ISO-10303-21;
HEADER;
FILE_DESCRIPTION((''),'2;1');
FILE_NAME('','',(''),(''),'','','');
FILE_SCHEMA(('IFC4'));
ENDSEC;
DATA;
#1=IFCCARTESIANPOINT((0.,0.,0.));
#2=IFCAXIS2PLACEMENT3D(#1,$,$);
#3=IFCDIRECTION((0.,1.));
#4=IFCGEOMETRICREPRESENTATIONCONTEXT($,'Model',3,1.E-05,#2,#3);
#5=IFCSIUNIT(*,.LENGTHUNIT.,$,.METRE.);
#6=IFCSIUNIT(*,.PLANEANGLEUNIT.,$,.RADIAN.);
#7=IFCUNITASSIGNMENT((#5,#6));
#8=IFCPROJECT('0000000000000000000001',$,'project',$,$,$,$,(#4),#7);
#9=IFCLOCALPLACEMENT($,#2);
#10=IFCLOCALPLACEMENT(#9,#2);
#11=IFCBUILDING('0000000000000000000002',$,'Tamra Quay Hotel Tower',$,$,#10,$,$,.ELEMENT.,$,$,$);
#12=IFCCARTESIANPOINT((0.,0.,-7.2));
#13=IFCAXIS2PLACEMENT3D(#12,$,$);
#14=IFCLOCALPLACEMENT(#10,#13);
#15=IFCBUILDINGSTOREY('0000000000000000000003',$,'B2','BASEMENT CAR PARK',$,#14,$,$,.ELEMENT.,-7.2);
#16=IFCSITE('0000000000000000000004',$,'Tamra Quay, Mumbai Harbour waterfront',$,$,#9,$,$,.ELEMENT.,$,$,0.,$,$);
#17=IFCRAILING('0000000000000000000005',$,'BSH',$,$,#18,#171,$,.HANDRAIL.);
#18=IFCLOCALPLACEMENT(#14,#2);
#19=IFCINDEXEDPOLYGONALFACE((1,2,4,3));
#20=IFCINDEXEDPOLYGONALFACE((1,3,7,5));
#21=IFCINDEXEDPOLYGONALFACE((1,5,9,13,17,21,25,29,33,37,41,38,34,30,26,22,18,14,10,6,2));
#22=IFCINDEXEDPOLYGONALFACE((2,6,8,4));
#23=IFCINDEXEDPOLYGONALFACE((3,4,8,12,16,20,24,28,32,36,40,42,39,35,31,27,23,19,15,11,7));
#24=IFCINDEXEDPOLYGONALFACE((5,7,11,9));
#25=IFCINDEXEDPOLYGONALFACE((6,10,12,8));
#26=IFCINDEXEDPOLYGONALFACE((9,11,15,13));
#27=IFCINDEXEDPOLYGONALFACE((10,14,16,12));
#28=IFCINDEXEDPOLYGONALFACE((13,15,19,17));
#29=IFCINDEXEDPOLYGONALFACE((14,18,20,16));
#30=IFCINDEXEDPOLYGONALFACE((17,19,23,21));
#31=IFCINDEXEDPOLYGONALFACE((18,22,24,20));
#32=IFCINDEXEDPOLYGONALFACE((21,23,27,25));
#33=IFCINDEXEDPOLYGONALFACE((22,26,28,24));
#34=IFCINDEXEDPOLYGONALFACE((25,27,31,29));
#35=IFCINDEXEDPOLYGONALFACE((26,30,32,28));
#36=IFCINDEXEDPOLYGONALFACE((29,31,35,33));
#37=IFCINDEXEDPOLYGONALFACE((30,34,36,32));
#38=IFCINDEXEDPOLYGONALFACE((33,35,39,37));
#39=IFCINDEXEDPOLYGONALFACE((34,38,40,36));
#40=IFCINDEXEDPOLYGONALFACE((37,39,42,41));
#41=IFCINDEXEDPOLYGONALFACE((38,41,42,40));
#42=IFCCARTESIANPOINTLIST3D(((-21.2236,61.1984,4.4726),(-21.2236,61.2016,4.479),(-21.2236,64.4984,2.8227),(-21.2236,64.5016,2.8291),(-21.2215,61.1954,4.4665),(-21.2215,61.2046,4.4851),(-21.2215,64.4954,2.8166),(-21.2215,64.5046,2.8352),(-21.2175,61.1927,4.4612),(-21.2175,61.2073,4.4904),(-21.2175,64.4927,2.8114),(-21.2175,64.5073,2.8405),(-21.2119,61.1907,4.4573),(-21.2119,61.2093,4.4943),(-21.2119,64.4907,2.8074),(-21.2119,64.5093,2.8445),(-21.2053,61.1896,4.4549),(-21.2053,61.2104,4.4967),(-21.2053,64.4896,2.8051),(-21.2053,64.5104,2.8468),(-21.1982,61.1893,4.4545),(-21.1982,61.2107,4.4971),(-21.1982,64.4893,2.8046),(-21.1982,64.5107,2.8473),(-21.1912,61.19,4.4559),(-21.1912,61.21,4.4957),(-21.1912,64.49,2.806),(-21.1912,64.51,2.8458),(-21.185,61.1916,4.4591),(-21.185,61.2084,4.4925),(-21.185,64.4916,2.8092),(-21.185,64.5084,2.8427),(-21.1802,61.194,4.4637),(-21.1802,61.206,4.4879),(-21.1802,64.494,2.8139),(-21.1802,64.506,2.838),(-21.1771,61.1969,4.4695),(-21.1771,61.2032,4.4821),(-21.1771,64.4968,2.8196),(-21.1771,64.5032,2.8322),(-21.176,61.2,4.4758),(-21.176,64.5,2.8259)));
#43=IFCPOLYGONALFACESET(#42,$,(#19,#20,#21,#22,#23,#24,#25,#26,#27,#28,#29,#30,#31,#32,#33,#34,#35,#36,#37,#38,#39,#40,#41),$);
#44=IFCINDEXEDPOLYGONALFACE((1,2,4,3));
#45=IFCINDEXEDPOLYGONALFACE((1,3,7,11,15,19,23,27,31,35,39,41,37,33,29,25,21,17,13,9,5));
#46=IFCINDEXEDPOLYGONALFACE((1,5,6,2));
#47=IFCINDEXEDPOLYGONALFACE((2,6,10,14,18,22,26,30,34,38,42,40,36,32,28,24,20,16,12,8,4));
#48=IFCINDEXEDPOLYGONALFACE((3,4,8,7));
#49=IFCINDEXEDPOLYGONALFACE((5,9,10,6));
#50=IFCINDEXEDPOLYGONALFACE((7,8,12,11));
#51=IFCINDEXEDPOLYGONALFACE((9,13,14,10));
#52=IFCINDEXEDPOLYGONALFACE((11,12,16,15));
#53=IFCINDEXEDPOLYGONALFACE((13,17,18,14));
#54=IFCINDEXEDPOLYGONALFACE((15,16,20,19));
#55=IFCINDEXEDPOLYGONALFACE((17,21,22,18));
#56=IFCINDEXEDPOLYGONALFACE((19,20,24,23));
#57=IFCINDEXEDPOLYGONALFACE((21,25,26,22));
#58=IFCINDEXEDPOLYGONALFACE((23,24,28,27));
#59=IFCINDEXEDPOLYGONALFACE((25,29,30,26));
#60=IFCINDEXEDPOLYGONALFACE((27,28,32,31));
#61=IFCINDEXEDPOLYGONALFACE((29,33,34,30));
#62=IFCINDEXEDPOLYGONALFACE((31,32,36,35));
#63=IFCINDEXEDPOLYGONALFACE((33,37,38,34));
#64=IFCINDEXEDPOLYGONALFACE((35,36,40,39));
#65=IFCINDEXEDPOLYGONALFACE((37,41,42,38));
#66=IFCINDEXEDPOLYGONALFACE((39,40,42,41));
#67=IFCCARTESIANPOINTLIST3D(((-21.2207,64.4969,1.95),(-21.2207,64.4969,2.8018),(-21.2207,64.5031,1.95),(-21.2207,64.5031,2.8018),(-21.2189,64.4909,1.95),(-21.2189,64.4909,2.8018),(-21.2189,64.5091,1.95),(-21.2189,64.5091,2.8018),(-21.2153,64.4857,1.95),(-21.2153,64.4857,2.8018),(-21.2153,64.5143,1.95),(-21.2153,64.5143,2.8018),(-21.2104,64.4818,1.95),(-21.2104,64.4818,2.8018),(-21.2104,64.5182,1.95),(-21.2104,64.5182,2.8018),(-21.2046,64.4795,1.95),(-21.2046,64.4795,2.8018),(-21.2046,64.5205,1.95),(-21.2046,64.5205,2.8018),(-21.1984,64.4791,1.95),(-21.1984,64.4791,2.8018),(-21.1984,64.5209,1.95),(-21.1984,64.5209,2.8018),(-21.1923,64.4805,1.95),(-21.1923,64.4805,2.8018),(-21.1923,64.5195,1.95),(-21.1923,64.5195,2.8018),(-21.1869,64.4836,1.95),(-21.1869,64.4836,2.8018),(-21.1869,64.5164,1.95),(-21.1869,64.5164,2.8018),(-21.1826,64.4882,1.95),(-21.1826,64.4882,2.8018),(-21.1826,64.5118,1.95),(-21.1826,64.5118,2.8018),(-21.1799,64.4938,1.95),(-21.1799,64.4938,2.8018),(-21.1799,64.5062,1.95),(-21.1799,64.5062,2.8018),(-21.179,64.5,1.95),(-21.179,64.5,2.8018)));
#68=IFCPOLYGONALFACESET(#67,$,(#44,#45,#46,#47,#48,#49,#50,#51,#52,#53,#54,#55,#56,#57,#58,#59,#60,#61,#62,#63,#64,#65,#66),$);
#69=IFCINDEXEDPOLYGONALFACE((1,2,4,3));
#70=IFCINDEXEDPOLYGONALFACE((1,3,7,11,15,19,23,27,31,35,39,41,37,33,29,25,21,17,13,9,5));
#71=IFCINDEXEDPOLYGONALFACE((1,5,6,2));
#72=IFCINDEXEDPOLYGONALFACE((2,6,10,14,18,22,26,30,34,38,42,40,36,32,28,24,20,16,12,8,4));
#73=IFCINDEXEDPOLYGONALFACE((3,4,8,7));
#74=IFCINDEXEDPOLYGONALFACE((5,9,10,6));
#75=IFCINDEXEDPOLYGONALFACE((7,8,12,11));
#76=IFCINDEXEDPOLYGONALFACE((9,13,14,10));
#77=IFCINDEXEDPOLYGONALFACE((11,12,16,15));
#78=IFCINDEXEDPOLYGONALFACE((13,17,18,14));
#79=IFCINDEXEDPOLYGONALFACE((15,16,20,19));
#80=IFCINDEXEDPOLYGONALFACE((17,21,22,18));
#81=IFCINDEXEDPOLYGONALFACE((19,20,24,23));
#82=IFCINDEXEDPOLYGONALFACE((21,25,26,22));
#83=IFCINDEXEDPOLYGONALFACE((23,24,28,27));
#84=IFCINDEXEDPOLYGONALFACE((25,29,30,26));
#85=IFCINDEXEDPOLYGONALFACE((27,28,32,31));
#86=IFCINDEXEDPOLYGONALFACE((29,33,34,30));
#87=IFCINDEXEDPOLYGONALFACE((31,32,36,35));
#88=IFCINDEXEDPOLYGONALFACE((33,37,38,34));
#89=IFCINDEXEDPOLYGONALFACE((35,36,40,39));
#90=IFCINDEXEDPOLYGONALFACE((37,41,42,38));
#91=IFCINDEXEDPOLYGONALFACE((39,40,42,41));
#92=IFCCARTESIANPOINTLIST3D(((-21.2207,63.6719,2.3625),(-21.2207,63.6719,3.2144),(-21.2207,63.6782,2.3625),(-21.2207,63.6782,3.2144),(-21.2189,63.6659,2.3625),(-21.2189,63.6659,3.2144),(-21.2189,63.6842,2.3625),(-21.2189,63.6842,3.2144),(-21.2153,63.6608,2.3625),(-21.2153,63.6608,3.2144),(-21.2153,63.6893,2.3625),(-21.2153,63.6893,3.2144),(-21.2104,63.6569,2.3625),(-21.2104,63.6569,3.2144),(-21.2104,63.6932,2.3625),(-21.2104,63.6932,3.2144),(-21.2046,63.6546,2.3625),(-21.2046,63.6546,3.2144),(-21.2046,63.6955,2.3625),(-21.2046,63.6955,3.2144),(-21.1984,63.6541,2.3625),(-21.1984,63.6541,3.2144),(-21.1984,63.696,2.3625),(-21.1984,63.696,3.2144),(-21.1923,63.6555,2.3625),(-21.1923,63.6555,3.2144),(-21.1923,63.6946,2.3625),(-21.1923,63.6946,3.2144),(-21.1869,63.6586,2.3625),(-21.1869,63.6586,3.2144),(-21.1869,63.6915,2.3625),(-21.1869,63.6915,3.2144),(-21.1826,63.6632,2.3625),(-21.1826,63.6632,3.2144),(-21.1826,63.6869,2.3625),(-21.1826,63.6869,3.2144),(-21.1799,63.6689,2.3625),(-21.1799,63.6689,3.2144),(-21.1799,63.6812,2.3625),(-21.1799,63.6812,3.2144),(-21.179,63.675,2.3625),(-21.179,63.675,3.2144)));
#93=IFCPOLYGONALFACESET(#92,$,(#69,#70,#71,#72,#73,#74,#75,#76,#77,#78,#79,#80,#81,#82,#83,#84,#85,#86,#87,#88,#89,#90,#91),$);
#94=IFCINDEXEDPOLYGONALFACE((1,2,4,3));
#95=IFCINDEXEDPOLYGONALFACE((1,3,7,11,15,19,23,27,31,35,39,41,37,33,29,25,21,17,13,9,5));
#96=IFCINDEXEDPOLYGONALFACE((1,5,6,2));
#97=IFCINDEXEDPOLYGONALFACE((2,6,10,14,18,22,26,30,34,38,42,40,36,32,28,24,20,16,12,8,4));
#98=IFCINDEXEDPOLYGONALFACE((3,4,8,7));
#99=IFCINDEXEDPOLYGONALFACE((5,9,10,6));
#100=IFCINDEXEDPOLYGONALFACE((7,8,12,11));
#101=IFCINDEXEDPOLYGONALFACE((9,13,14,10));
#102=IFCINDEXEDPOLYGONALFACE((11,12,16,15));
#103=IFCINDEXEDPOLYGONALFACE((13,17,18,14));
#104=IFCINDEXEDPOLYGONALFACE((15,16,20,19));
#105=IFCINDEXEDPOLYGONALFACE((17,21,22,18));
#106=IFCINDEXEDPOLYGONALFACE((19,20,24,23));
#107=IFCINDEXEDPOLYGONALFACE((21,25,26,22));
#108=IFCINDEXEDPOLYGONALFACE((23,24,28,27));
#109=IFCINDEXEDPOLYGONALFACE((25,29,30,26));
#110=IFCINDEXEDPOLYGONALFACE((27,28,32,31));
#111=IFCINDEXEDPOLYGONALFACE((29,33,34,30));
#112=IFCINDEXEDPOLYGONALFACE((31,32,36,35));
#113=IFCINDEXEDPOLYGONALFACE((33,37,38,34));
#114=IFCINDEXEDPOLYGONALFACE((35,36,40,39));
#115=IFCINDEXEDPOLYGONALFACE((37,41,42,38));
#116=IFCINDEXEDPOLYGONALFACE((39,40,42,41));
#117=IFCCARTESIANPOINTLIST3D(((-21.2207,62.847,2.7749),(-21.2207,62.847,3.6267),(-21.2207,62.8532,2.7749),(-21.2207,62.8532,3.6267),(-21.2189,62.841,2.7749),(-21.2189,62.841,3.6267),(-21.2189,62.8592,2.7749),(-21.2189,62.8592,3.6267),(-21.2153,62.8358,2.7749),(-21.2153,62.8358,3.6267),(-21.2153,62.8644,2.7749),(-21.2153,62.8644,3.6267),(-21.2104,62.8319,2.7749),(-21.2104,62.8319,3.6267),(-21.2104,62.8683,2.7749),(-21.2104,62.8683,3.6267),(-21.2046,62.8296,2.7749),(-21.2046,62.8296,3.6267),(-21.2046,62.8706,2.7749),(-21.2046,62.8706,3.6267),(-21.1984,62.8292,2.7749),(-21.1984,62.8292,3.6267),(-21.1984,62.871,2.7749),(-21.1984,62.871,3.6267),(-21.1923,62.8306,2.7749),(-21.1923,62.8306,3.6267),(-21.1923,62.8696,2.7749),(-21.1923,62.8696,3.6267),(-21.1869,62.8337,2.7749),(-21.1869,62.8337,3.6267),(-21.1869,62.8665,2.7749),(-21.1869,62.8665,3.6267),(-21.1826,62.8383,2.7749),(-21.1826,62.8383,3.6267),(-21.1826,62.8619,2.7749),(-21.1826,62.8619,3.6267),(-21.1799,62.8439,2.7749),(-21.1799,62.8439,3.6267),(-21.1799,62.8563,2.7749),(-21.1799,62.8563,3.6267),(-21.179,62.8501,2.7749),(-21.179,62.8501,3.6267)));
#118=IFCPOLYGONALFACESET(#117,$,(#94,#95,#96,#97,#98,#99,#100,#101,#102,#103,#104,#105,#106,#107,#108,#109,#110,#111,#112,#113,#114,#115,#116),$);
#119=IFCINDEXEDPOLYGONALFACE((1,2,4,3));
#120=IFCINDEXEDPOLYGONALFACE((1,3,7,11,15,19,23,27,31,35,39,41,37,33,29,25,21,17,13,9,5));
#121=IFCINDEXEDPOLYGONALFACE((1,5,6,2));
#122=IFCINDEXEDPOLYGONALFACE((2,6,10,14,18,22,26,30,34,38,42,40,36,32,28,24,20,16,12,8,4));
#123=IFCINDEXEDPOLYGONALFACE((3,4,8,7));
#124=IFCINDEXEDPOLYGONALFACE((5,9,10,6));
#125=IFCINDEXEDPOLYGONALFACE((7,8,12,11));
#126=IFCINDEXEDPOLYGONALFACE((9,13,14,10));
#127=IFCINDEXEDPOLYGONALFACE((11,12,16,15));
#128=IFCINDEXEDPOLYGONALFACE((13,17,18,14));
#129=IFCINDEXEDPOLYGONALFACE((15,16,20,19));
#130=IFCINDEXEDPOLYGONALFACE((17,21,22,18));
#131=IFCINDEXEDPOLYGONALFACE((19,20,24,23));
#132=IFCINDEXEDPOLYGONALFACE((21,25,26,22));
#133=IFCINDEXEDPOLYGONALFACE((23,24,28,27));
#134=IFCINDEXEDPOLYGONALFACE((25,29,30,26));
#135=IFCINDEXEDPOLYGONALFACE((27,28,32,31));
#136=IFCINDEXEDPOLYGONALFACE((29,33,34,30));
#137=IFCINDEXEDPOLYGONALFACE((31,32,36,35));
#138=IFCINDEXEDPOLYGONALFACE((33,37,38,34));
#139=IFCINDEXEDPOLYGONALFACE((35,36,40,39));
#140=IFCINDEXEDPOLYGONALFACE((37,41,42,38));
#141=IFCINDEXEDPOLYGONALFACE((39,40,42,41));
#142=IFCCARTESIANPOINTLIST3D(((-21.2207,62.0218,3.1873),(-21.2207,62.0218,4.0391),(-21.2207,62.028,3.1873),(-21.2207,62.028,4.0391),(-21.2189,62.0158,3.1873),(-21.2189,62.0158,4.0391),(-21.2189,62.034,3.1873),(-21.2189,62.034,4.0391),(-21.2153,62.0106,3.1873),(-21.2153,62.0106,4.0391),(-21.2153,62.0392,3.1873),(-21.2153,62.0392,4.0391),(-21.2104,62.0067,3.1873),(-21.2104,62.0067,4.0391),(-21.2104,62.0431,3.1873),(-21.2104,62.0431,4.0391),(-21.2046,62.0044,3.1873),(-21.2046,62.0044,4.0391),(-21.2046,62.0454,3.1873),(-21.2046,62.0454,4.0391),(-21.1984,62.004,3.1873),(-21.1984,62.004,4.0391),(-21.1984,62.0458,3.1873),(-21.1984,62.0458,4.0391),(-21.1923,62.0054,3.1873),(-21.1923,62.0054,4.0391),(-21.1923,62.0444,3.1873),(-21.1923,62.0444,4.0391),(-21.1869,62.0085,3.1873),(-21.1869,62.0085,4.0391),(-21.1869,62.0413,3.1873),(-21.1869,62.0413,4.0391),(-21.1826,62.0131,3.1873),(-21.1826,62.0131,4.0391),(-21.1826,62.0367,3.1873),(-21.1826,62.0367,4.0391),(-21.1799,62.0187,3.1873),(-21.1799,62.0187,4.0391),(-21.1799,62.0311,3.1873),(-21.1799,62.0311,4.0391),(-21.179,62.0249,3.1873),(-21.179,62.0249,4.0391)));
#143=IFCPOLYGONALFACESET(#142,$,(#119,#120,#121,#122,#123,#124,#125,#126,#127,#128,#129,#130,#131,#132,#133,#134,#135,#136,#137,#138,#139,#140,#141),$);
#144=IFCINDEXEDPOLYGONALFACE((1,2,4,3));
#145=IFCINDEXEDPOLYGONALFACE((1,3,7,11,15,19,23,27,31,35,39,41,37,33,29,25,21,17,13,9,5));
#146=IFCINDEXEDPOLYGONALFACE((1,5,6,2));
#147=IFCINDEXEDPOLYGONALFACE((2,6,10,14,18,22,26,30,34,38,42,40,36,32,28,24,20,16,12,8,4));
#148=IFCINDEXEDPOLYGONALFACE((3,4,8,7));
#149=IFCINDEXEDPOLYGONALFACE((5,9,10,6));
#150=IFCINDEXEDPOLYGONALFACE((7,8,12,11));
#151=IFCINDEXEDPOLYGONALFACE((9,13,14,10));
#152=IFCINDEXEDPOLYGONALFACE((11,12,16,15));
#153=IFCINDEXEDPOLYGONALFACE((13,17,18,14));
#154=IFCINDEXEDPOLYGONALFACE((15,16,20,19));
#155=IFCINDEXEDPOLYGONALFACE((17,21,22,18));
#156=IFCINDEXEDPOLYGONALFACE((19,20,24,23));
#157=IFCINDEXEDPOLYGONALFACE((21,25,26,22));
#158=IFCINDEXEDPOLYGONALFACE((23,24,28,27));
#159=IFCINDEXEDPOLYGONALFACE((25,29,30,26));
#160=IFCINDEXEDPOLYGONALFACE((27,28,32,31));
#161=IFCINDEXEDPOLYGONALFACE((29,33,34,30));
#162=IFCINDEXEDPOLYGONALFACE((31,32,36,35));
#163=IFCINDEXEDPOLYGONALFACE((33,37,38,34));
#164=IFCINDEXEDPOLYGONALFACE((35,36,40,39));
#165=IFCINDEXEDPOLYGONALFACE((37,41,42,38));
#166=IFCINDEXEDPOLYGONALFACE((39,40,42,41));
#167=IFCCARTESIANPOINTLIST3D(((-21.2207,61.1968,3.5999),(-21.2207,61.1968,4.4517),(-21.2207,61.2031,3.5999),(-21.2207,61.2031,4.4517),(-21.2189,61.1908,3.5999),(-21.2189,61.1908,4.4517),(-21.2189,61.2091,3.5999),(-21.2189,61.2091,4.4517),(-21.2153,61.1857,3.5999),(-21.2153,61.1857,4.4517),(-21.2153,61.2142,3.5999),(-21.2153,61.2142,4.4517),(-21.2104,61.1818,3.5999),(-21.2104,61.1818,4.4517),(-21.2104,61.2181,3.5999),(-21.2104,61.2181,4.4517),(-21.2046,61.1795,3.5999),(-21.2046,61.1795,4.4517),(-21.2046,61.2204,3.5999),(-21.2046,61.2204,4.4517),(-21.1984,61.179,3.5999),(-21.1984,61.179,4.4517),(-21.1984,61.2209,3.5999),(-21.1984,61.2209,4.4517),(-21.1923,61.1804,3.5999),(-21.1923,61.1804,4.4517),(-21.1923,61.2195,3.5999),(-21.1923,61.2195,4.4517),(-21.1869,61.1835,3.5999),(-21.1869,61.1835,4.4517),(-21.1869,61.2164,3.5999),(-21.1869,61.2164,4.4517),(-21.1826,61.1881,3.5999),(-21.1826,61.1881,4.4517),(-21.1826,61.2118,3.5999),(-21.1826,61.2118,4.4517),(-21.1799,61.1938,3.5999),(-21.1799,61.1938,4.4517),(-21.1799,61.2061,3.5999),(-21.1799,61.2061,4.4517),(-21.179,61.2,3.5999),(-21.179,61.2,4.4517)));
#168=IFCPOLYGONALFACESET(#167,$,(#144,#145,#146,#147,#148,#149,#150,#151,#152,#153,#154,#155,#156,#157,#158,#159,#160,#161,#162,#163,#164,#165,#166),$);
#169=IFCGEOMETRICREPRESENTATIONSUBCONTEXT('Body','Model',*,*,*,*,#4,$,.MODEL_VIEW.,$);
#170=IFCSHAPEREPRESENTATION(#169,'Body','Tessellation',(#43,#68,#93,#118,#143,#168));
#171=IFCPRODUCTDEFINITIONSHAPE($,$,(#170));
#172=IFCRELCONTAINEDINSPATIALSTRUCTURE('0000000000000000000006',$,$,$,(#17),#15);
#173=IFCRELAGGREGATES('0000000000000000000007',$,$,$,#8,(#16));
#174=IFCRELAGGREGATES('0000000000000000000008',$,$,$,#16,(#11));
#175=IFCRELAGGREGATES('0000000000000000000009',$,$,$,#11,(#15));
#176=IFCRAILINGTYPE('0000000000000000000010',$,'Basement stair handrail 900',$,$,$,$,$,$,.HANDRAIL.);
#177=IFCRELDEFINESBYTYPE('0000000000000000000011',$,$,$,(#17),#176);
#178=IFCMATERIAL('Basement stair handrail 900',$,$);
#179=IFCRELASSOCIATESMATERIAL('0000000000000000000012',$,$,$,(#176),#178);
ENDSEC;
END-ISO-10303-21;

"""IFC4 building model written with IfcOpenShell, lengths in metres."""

from ifc_helpers import new_model, si_unit, direction, frame, origin, origin_2d, place, context, subcontext, project, spatial, circle, extrude, material, type_object, element, save


model = new_model("IFC4")

# Units and contexts
model_context = context("Model", 3, precision=1e-05, world=origin(), true_north=direction((0.0, 1.0)))
body_context = subcontext(model_context, "Body", "Model", "MODEL_VIEW")
ifc_project = project(units=[si_unit("LENGTHUNIT", "METRE"), si_unit("PLANEANGLEUNIT", "RADIAN")], contexts=[model_context])

# Site, building, storey
site_placement = place(None, origin())
site = spatial("IfcSite", under=ifc_project, at=site_placement, Name="Tamra Quay, Mumbai Harbour waterfront", CompositionType="ELEMENT", RefElevation=0.0)
building_placement = place(site_placement, origin())
building = spatial("IfcBuilding", under=site, at=building_placement, Name="Tamra Quay Hotel Tower", CompositionType="ELEMENT")
storey_placement = place(building_placement, frame((0.0, 0.0, -7.2)))
storey = spatial("IfcBuildingStorey", under=building, at=storey_placement, Name="B2", Description="BASEMENT CAR PARK", CompositionType="ELEMENT", Elevation=-7.2)

# Railing
ifc_material_1 = material(Name="Basement stair handrail 900")
railing_type_1 = type_object("IfcRailingType", Name="Basement stair handrail 900", PredefinedType="HANDRAIL", material=ifc_material_1)
railing_1_placement = place(storey_placement, frame((-21.2, 64.5, 1.95)))
element("IfcRailing", 1, at=railing_1_placement, inside=storey, type_object=railing_type_1, Name="BSH", PredefinedType="HANDRAIL", context=body_context, shape_type="SweptSolid", body=[
    extrude(circle(Radius=0.0239, at=origin_2d()), frame((0.0, 0.0, 0.876), z_axis=(0.0, -0.89444, 0.447187), x_axis=(1.0, 0.0, 0.0)), (0.0, 0.0, 1.0), 3.6895),
    extrude(circle(Radius=0.021, at=origin_2d()), origin(), (0.0, 0.0, 1.0), 0.8518),
    extrude(circle(Radius=0.021, at=origin_2d()), frame((0.0, -0.825, 0.4126)), (0.0, 0.0, 1.0), 0.8518),
    extrude(circle(Radius=0.021, at=origin_2d()), frame((0.0, -1.6499, 0.825)), (0.0, 0.0, 1.0), 0.8518),
    extrude(circle(Radius=0.021, at=origin_2d()), frame((0.0, -2.4751, 1.2373)), (0.0, 0.0, 1.0), 0.8518),
    extrude(circle(Radius=0.021, at=origin_2d()), frame((0.0, -3.3, 1.6499)), (0.0, 0.0, 1.0), 0.8518),
])

save(model, "model.ifc")
